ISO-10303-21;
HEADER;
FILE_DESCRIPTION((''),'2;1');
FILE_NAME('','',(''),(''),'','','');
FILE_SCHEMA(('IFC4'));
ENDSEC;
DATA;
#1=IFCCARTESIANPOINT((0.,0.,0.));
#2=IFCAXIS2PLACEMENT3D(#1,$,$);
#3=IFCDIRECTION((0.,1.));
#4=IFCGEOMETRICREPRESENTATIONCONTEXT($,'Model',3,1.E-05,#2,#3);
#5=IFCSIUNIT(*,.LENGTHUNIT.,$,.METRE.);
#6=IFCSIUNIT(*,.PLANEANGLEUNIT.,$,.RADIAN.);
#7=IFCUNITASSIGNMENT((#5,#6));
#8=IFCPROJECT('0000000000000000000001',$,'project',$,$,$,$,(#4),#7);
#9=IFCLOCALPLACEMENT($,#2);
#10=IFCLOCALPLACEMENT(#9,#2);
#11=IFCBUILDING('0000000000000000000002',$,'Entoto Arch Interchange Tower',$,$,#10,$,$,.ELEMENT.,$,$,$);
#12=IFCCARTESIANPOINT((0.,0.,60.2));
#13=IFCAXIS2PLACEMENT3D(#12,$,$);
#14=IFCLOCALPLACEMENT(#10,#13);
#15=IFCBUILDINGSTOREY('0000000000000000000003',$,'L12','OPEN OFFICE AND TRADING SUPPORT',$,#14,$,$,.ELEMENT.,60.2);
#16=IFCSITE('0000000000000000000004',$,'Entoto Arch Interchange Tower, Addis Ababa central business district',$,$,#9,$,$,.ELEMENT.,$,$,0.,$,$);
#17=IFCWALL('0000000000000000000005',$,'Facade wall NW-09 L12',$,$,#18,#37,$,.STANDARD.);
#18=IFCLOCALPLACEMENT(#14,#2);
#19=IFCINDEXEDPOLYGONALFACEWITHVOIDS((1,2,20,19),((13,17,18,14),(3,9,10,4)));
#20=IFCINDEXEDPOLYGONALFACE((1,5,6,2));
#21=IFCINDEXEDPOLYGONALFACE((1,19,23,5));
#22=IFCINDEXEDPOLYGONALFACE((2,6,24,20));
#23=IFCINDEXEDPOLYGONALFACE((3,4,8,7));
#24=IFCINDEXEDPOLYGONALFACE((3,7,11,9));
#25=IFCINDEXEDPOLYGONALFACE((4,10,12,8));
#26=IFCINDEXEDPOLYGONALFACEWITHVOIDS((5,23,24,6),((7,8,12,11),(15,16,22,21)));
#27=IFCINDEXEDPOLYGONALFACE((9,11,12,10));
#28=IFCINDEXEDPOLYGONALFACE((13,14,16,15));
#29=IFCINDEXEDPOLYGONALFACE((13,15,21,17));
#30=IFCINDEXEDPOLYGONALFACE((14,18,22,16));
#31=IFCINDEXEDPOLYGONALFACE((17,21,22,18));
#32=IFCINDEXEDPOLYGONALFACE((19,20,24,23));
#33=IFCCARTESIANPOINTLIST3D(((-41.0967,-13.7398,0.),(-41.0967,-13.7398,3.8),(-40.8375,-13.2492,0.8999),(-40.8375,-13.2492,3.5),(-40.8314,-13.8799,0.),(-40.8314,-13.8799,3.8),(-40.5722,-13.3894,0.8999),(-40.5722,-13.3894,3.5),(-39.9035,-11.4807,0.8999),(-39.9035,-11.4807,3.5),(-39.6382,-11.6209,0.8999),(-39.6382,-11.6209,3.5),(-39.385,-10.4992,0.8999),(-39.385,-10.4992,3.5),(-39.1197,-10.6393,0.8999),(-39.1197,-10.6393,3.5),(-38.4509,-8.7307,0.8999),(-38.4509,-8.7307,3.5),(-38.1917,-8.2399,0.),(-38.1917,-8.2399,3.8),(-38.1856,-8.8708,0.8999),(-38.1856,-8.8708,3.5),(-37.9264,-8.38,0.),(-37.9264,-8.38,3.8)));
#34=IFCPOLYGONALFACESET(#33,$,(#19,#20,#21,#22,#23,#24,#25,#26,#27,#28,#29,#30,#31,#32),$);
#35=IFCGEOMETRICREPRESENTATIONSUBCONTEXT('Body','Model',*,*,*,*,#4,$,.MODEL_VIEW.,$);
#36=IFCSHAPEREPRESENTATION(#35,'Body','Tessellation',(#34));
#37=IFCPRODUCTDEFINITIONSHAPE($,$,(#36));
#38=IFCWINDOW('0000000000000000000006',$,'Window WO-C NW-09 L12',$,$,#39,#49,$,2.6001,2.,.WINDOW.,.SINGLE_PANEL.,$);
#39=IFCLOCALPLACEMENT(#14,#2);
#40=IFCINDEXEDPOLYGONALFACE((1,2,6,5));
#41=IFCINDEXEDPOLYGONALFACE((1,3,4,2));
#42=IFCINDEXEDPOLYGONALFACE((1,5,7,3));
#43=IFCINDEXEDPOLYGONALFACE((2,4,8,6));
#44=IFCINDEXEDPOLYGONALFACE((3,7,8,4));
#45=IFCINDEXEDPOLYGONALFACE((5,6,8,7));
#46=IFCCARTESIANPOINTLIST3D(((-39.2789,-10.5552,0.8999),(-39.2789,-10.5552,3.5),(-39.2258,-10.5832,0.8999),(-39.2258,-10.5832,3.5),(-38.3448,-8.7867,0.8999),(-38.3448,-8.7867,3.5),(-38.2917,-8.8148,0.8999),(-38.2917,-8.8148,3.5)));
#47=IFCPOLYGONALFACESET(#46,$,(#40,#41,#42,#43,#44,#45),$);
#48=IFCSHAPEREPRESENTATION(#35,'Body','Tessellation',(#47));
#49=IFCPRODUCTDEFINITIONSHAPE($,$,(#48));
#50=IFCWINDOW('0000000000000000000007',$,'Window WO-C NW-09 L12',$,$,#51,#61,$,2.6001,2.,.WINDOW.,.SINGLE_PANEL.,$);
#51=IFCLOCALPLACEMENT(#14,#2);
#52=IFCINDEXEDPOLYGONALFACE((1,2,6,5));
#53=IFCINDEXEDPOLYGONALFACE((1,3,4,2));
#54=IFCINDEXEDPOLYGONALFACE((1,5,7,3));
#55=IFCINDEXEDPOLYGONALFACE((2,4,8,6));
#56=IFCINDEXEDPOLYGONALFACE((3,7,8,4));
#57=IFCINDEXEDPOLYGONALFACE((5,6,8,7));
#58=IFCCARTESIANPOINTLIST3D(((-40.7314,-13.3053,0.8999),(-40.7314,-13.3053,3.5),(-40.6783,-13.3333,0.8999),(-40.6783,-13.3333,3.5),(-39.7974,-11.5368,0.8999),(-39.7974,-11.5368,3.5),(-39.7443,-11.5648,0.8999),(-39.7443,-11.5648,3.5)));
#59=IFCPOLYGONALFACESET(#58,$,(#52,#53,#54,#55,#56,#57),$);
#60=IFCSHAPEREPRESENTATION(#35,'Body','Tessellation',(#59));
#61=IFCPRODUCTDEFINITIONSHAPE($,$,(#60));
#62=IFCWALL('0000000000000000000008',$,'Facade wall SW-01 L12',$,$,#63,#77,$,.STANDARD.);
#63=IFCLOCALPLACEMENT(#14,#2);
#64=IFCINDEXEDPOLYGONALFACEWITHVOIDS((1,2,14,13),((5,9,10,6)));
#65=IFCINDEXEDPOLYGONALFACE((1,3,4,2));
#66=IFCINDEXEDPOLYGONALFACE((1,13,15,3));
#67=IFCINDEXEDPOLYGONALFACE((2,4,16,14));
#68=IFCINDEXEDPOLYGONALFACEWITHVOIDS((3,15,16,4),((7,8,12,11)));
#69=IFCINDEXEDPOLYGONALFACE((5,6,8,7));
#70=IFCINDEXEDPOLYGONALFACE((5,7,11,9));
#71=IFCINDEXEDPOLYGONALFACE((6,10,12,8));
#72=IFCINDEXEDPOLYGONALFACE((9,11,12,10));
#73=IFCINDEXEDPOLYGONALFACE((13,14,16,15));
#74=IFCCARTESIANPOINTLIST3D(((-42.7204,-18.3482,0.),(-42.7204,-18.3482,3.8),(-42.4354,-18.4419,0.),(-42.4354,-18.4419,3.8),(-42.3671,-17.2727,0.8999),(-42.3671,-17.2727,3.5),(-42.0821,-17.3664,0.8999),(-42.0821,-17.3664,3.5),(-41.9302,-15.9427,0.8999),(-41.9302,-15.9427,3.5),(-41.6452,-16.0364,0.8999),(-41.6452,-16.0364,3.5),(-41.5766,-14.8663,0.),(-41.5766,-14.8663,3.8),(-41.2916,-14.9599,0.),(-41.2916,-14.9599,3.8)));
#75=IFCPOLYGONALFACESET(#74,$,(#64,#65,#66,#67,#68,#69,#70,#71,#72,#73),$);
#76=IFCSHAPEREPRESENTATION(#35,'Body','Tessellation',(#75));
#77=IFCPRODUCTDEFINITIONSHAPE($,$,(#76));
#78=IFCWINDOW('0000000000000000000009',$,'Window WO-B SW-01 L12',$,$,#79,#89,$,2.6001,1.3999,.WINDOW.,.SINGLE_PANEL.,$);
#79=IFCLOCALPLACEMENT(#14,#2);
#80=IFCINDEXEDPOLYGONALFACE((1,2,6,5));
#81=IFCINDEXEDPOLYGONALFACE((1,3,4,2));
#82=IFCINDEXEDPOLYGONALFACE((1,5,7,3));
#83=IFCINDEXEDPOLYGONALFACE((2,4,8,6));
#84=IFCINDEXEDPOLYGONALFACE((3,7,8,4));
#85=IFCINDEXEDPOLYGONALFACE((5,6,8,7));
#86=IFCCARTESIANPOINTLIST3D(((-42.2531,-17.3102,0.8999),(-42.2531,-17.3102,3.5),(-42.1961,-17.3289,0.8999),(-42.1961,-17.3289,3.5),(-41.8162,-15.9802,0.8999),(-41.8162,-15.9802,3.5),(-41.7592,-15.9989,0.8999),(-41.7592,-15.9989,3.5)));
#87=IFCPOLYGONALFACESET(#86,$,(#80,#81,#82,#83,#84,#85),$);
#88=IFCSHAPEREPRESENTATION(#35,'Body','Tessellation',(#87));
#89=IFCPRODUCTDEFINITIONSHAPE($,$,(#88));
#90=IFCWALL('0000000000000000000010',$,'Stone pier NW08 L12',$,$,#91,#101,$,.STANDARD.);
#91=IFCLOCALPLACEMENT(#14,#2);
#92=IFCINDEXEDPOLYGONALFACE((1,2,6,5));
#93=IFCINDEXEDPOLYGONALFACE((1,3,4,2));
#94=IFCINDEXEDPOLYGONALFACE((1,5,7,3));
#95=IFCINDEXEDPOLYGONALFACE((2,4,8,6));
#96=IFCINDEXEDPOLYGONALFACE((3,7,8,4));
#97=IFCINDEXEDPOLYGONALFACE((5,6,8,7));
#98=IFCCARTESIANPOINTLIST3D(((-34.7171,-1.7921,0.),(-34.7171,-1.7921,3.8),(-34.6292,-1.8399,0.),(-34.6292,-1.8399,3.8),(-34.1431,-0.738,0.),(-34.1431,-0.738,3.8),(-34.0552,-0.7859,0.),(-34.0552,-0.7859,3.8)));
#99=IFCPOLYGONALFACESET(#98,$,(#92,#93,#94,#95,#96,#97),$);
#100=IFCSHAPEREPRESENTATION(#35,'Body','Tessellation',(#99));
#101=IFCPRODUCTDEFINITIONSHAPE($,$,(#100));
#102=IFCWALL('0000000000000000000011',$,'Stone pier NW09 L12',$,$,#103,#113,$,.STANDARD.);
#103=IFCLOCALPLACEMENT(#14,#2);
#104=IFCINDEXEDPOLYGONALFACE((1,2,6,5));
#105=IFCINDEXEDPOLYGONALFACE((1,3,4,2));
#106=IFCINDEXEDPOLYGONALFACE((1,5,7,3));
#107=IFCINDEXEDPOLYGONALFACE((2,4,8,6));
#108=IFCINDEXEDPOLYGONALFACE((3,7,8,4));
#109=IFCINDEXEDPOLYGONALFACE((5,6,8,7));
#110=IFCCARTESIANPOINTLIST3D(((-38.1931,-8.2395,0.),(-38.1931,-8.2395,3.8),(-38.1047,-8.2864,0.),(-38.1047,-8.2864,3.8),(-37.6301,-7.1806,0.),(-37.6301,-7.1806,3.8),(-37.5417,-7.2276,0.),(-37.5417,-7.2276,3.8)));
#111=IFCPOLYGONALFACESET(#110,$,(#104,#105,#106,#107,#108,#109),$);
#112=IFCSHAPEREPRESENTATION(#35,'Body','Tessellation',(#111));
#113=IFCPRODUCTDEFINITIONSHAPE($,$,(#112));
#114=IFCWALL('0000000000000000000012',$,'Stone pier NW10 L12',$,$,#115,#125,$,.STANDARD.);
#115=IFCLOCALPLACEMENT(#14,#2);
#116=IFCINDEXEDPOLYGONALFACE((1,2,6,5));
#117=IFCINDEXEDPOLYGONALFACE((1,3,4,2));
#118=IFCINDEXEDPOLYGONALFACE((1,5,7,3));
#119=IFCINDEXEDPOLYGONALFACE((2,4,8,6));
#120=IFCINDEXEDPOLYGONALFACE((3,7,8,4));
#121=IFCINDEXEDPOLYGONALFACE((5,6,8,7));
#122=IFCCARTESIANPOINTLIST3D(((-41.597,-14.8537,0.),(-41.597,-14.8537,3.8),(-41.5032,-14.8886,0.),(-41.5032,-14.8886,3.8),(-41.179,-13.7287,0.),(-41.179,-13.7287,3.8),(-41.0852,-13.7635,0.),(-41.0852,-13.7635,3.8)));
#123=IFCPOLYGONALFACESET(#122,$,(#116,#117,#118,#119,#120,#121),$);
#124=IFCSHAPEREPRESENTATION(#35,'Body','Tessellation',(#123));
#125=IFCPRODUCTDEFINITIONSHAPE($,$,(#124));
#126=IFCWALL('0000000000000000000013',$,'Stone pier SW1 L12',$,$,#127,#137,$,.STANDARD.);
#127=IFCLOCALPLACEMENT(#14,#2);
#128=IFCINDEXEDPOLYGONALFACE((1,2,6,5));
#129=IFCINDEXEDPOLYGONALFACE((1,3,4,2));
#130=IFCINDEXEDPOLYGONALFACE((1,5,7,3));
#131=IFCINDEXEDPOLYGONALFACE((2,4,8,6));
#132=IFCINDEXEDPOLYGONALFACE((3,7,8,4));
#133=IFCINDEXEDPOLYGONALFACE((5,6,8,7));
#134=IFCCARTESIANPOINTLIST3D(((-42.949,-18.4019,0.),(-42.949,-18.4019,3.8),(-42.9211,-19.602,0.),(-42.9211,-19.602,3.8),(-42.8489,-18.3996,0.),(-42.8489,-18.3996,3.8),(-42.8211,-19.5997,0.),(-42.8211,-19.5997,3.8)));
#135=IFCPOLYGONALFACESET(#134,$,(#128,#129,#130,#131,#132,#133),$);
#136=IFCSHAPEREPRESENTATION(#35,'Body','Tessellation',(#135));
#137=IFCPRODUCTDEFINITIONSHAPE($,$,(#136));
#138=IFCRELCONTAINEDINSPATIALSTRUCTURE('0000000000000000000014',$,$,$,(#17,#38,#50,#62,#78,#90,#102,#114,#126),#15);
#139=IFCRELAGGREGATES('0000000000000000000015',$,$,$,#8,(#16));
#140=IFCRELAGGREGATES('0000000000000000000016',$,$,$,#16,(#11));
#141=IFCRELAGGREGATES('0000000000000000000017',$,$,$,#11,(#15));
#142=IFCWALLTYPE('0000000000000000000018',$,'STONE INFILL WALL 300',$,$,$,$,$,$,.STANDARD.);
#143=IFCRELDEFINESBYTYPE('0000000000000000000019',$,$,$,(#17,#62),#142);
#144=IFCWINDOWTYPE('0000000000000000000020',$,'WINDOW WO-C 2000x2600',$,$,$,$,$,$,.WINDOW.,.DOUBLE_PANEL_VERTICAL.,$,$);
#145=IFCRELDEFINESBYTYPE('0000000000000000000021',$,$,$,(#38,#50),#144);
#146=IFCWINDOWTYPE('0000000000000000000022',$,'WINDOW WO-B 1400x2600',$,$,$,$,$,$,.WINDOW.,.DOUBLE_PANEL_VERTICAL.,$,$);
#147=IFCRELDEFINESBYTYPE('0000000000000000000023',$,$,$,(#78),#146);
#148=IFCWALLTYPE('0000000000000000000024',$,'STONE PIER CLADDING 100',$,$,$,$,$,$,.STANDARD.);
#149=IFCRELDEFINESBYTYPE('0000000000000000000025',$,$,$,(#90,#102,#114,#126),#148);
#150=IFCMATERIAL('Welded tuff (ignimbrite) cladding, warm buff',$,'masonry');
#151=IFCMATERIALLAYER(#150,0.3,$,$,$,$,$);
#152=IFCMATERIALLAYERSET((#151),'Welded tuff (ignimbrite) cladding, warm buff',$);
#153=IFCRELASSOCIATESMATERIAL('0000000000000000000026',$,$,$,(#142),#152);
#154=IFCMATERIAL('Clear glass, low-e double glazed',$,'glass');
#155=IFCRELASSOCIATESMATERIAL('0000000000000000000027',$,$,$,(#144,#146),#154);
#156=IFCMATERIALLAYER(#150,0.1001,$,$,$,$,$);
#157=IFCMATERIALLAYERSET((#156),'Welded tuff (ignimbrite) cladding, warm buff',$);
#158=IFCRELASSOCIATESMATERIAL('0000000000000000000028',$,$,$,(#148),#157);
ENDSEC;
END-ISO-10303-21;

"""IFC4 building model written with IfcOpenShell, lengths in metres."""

from ifc_helpers import new_model, si_unit, direction, frame, frame_2d, origin, place, context, subcontext, project, spatial, rectangle, extrude, material, layer, layer_set, type_object, element, fill, save


model = new_model("IFC4")

# Units and contexts
model_context = context("Model", 3, precision=1e-05, world=origin(), true_north=direction((0.0, 1.0)))
body_context = subcontext(model_context, "Body", "Model", "MODEL_VIEW")
ifc_project = project(units=[si_unit("LENGTHUNIT", "METRE"), si_unit("PLANEANGLEUNIT", "RADIAN")], contexts=[model_context])

# Site, building, storey
site_placement = place(None, origin())
site = spatial("IfcSite", under=ifc_project, at=site_placement, Name="Entoto Arch Interchange Tower, Addis Ababa central business district", CompositionType="ELEMENT", RefElevation=0.0)
building_placement = place(site_placement, origin())
building = spatial("IfcBuilding", under=site, at=building_placement, Name="Entoto Arch Interchange Tower", CompositionType="ELEMENT")
storey_placement = place(building_placement, frame((0.0, 0.0, 60.2)))
storey = spatial("IfcBuildingStorey", under=building, at=storey_placement, Name="L12", Description="OPEN OFFICE AND TRADING SUPPORT", CompositionType="ELEMENT", Elevation=60.2)

# Wall, openings, windows
ifc_material_1 = material(Name="Welded tuff (ignimbrite) cladding, warm buff", Category="masonry")
ifc_layer_1 = layer(ifc_material_1, 0.3)
ifc_layer_set_1 = layer_set([ifc_layer_1], Name="Welded tuff (ignimbrite) cladding, warm buff")
wall_type_1 = type_object("IfcWallType", Name="STONE INFILL WALL 300", PredefinedType="STANDARD", material=ifc_layer_set_1)
ifc_material_2 = material(Name="Clear glass, low-e double glazed", Category="glass")
window_type_1 = type_object("IfcWindowType", Name="WINDOW WO-C 2000x2600", PartitioningType="DOUBLE_PANEL_VERTICAL", PredefinedType="WINDOW", material=ifc_material_2)
wall_1_placement = place(storey_placement, frame((-38.0591, -8.3101, 0.0), z_axis=(0.0, 0.0, 1.0), x_axis=(-0.467042, -0.884235, 0.0)))
wall_1 = element("IfcWall", 1, at=wall_1_placement, inside=storey, type_object=wall_type_1, Name="Facade wall NW-09 L12", PredefinedType="STANDARD", context=body_context, shape_type="SweptSolid", body=[
    extrude(rectangle(XDim=6.22, YDim=0.3, at=frame_2d((3.1099, 0.0))), origin(), (0.0, 0.0, 1.0), 3.8),
])
opening_1_placement = place(wall_1_placement, frame((0.5549, 0.0, 0.8999)))
opening_1 = element("IfcOpeningElement", 2, at=opening_1_placement, cuts=wall_1, PredefinedType="OPENING", context=body_context, shape_type="SweptSolid", body=[
    extrude(rectangle(XDim=2.0, YDim=2.6001, at=frame_2d((1.0, 1.3))), frame((0.0, 0.1602, 0.0), z_axis=(0.0, -1.0, 0.0), x_axis=(1.0, 0.0, 0.0)), (0.0, 0.0, 1.0), 0.3201),
])
opening_2_placement = place(wall_1_placement, frame((3.665, 0.0, 0.8999)))
opening_2 = element("IfcOpeningElement", 3, at=opening_2_placement, cuts=wall_1, PredefinedType="OPENING", context=body_context, shape_type="SweptSolid", body=[
    extrude(rectangle(XDim=2.0, YDim=2.6001, at=frame_2d((1.0, 1.3))), frame((0.0, 0.1602, 0.0), z_axis=(0.0, -1.0, 0.0), x_axis=(1.0, 0.0, 0.0)), (0.0, 0.0, 1.0), 0.3201),
])
window_1_placement = place(opening_1_placement, origin())
window_1 = element("IfcWindow", 4, at=window_1_placement, inside=storey, type_object=window_type_1, Name="Window WO-C NW-09 L12", OverallHeight=2.6001, OverallWidth=2.0, PartitioningType="SINGLE_PANEL", PredefinedType="WINDOW", context=body_context, shape_type="SweptSolid", body=[
    extrude(rectangle(XDim=2.0, YDim=2.6001, at=frame_2d((1.0, 1.3))), frame((0.0, 0.03, 0.0), z_axis=(0.0, -1.0, 0.0), x_axis=(1.0, 0.0, 0.0)), (0.0, 0.0, 1.0), 0.0601),
])
fill(opening_1, window_1)
window_2_placement = place(opening_2_placement, origin())
window_2 = element("IfcWindow", 5, at=window_2_placement, inside=storey, type_object=window_type_1, Name="Window WO-C NW-09 L12", OverallHeight=2.6001, OverallWidth=2.0, PartitioningType="SINGLE_PANEL", PredefinedType="WINDOW", context=body_context, shape_type="SweptSolid", body=[
    extrude(rectangle(XDim=2.0, YDim=2.6001, at=frame_2d((1.0, 1.3))), frame((0.0, 0.03, 0.0), z_axis=(0.0, -1.0, 0.0), x_axis=(1.0, 0.0, 0.0)), (0.0, 0.0, 1.0), 0.0601),
])
fill(opening_2, window_2)

# Wall, opening, window
wall_2_placement = place(storey_placement, frame((-41.4341, -14.9131, 0.0), z_axis=(0.0, 0.0, 1.0), x_axis=(-0.312088, -0.950053, 0.0)))
wall_2 = element("IfcWall", 6, at=wall_2_placement, inside=storey, type_object=wall_type_1, Name="Facade wall SW-01 L12", PredefinedType="STANDARD", context=body_context, shape_type="SweptSolid", body=[
    extrude(rectangle(XDim=3.665, YDim=0.3, at=frame_2d((1.8325, 0.0))), origin(), (0.0, 0.0, 1.0), 3.8),
])
opening_3_placement = place(wall_2_placement, frame((1.1331, 0.0, 0.8999)))
opening_3 = element("IfcOpeningElement", 7, at=opening_3_placement, cuts=wall_2, PredefinedType="OPENING", context=body_context, shape_type="SweptSolid", body=[
    extrude(rectangle(XDim=1.3999, YDim=2.6001, at=frame_2d((0.7, 1.3))), frame((0.0, 0.1602, 0.0), z_axis=(0.0, -1.0, 0.0), x_axis=(1.0, 0.0, 0.0)), (0.0, 0.0, 1.0), 0.3201),
])
window_type_2 = type_object("IfcWindowType", Name="WINDOW WO-B 1400x2600", PartitioningType="DOUBLE_PANEL_VERTICAL", PredefinedType="WINDOW", material=ifc_material_2)
window_3_placement = place(opening_3_placement, origin())
window_3 = element("IfcWindow", 8, at=window_3_placement, inside=storey, type_object=window_type_2, Name="Window WO-B SW-01 L12", OverallHeight=2.6001, OverallWidth=1.3999, PartitioningType="SINGLE_PANEL", PredefinedType="WINDOW", context=body_context, shape_type="SweptSolid", body=[
    extrude(rectangle(XDim=1.3999, YDim=2.6001, at=frame_2d((0.7, 1.3))), frame((0.0, 0.03, 0.0), z_axis=(0.0, -1.0, 0.0), x_axis=(1.0, 0.0, 0.0)), (0.0, 0.0, 1.0), 0.0601),
])
fill(opening_3, window_3)

# Walls
ifc_layer_2 = layer(ifc_material_1, 0.1001)
ifc_layer_set_2 = layer_set([ifc_layer_2], Name="Welded tuff (ignimbrite) cladding, warm buff")
wall_type_2 = type_object("IfcWallType", Name="STONE PIER CLADDING 100", PredefinedType="STANDARD", material=ifc_layer_set_2)
wall_3_placement = place(storey_placement, frame((-34.0991, -0.762, 0.0), z_axis=(0.0, 0.0, 1.0), x_axis=(-0.478268, -0.878214, 0.0)))
element("IfcWall", 9, at=wall_3_placement, inside=storey, type_object=wall_type_2, Name="Stone pier NW08 L12", PredefinedType="STANDARD", context=body_context, shape_type="SweptSolid", body=[
    extrude(rectangle(XDim=1.2002, YDim=0.1001, at=frame_2d((0.6001, 0.0))), origin(), (0.0, 0.0, 1.0), 3.8),
])
wall_4_placement = place(storey_placement, frame((-37.5859, -7.2041, 0.0), z_axis=(0.0, 0.0, 1.0), x_axis=(-0.469468, -0.88295, 0.0)))
element("IfcWall", 10, at=wall_4_placement, inside=storey, type_object=wall_type_2, Name="Stone pier NW09 L12", PredefinedType="STANDARD", context=body_context, shape_type="SweptSolid", body=[
    extrude(rectangle(XDim=1.1992, YDim=0.1001, at=frame_2d((0.5996, 0.0))), origin(), (0.0, 0.0, 1.0), 3.8),
])
wall_5_placement = place(storey_placement, frame((-41.1321, -13.7461, 0.0), z_axis=(0.0, 0.0, 1.0), x_axis=(-0.348268, -0.937395, 0.0)))
element("IfcWall", 11, at=wall_5_placement, inside=storey, type_object=wall_type_2, Name="Stone pier NW10 L12", PredefinedType="STANDARD", context=body_context, shape_type="SweptSolid", body=[
    extrude(rectangle(XDim=1.2002, YDim=0.1001, at=frame_2d((0.6001, 0.0))), origin(), (0.0, 0.0, 1.0), 3.8),
])
wall_6_placement = place(storey_placement, frame((-42.8989, -18.4009, 0.0), z_axis=(0.0, 0.0, 1.0), x_axis=(0.023183, -0.999731, 0.0)))
element("IfcWall", 12, at=wall_6_placement, inside=storey, type_object=wall_type_2, Name="Stone pier SW1 L12", PredefinedType="STANDARD", context=body_context, shape_type="SweptSolid", body=[
    extrude(rectangle(XDim=1.2004, YDim=0.1001, at=frame_2d((0.6001, 0.0))), origin(), (0.0, 0.0, 1.0), 3.8),
])

save(model, "model.ifc")
